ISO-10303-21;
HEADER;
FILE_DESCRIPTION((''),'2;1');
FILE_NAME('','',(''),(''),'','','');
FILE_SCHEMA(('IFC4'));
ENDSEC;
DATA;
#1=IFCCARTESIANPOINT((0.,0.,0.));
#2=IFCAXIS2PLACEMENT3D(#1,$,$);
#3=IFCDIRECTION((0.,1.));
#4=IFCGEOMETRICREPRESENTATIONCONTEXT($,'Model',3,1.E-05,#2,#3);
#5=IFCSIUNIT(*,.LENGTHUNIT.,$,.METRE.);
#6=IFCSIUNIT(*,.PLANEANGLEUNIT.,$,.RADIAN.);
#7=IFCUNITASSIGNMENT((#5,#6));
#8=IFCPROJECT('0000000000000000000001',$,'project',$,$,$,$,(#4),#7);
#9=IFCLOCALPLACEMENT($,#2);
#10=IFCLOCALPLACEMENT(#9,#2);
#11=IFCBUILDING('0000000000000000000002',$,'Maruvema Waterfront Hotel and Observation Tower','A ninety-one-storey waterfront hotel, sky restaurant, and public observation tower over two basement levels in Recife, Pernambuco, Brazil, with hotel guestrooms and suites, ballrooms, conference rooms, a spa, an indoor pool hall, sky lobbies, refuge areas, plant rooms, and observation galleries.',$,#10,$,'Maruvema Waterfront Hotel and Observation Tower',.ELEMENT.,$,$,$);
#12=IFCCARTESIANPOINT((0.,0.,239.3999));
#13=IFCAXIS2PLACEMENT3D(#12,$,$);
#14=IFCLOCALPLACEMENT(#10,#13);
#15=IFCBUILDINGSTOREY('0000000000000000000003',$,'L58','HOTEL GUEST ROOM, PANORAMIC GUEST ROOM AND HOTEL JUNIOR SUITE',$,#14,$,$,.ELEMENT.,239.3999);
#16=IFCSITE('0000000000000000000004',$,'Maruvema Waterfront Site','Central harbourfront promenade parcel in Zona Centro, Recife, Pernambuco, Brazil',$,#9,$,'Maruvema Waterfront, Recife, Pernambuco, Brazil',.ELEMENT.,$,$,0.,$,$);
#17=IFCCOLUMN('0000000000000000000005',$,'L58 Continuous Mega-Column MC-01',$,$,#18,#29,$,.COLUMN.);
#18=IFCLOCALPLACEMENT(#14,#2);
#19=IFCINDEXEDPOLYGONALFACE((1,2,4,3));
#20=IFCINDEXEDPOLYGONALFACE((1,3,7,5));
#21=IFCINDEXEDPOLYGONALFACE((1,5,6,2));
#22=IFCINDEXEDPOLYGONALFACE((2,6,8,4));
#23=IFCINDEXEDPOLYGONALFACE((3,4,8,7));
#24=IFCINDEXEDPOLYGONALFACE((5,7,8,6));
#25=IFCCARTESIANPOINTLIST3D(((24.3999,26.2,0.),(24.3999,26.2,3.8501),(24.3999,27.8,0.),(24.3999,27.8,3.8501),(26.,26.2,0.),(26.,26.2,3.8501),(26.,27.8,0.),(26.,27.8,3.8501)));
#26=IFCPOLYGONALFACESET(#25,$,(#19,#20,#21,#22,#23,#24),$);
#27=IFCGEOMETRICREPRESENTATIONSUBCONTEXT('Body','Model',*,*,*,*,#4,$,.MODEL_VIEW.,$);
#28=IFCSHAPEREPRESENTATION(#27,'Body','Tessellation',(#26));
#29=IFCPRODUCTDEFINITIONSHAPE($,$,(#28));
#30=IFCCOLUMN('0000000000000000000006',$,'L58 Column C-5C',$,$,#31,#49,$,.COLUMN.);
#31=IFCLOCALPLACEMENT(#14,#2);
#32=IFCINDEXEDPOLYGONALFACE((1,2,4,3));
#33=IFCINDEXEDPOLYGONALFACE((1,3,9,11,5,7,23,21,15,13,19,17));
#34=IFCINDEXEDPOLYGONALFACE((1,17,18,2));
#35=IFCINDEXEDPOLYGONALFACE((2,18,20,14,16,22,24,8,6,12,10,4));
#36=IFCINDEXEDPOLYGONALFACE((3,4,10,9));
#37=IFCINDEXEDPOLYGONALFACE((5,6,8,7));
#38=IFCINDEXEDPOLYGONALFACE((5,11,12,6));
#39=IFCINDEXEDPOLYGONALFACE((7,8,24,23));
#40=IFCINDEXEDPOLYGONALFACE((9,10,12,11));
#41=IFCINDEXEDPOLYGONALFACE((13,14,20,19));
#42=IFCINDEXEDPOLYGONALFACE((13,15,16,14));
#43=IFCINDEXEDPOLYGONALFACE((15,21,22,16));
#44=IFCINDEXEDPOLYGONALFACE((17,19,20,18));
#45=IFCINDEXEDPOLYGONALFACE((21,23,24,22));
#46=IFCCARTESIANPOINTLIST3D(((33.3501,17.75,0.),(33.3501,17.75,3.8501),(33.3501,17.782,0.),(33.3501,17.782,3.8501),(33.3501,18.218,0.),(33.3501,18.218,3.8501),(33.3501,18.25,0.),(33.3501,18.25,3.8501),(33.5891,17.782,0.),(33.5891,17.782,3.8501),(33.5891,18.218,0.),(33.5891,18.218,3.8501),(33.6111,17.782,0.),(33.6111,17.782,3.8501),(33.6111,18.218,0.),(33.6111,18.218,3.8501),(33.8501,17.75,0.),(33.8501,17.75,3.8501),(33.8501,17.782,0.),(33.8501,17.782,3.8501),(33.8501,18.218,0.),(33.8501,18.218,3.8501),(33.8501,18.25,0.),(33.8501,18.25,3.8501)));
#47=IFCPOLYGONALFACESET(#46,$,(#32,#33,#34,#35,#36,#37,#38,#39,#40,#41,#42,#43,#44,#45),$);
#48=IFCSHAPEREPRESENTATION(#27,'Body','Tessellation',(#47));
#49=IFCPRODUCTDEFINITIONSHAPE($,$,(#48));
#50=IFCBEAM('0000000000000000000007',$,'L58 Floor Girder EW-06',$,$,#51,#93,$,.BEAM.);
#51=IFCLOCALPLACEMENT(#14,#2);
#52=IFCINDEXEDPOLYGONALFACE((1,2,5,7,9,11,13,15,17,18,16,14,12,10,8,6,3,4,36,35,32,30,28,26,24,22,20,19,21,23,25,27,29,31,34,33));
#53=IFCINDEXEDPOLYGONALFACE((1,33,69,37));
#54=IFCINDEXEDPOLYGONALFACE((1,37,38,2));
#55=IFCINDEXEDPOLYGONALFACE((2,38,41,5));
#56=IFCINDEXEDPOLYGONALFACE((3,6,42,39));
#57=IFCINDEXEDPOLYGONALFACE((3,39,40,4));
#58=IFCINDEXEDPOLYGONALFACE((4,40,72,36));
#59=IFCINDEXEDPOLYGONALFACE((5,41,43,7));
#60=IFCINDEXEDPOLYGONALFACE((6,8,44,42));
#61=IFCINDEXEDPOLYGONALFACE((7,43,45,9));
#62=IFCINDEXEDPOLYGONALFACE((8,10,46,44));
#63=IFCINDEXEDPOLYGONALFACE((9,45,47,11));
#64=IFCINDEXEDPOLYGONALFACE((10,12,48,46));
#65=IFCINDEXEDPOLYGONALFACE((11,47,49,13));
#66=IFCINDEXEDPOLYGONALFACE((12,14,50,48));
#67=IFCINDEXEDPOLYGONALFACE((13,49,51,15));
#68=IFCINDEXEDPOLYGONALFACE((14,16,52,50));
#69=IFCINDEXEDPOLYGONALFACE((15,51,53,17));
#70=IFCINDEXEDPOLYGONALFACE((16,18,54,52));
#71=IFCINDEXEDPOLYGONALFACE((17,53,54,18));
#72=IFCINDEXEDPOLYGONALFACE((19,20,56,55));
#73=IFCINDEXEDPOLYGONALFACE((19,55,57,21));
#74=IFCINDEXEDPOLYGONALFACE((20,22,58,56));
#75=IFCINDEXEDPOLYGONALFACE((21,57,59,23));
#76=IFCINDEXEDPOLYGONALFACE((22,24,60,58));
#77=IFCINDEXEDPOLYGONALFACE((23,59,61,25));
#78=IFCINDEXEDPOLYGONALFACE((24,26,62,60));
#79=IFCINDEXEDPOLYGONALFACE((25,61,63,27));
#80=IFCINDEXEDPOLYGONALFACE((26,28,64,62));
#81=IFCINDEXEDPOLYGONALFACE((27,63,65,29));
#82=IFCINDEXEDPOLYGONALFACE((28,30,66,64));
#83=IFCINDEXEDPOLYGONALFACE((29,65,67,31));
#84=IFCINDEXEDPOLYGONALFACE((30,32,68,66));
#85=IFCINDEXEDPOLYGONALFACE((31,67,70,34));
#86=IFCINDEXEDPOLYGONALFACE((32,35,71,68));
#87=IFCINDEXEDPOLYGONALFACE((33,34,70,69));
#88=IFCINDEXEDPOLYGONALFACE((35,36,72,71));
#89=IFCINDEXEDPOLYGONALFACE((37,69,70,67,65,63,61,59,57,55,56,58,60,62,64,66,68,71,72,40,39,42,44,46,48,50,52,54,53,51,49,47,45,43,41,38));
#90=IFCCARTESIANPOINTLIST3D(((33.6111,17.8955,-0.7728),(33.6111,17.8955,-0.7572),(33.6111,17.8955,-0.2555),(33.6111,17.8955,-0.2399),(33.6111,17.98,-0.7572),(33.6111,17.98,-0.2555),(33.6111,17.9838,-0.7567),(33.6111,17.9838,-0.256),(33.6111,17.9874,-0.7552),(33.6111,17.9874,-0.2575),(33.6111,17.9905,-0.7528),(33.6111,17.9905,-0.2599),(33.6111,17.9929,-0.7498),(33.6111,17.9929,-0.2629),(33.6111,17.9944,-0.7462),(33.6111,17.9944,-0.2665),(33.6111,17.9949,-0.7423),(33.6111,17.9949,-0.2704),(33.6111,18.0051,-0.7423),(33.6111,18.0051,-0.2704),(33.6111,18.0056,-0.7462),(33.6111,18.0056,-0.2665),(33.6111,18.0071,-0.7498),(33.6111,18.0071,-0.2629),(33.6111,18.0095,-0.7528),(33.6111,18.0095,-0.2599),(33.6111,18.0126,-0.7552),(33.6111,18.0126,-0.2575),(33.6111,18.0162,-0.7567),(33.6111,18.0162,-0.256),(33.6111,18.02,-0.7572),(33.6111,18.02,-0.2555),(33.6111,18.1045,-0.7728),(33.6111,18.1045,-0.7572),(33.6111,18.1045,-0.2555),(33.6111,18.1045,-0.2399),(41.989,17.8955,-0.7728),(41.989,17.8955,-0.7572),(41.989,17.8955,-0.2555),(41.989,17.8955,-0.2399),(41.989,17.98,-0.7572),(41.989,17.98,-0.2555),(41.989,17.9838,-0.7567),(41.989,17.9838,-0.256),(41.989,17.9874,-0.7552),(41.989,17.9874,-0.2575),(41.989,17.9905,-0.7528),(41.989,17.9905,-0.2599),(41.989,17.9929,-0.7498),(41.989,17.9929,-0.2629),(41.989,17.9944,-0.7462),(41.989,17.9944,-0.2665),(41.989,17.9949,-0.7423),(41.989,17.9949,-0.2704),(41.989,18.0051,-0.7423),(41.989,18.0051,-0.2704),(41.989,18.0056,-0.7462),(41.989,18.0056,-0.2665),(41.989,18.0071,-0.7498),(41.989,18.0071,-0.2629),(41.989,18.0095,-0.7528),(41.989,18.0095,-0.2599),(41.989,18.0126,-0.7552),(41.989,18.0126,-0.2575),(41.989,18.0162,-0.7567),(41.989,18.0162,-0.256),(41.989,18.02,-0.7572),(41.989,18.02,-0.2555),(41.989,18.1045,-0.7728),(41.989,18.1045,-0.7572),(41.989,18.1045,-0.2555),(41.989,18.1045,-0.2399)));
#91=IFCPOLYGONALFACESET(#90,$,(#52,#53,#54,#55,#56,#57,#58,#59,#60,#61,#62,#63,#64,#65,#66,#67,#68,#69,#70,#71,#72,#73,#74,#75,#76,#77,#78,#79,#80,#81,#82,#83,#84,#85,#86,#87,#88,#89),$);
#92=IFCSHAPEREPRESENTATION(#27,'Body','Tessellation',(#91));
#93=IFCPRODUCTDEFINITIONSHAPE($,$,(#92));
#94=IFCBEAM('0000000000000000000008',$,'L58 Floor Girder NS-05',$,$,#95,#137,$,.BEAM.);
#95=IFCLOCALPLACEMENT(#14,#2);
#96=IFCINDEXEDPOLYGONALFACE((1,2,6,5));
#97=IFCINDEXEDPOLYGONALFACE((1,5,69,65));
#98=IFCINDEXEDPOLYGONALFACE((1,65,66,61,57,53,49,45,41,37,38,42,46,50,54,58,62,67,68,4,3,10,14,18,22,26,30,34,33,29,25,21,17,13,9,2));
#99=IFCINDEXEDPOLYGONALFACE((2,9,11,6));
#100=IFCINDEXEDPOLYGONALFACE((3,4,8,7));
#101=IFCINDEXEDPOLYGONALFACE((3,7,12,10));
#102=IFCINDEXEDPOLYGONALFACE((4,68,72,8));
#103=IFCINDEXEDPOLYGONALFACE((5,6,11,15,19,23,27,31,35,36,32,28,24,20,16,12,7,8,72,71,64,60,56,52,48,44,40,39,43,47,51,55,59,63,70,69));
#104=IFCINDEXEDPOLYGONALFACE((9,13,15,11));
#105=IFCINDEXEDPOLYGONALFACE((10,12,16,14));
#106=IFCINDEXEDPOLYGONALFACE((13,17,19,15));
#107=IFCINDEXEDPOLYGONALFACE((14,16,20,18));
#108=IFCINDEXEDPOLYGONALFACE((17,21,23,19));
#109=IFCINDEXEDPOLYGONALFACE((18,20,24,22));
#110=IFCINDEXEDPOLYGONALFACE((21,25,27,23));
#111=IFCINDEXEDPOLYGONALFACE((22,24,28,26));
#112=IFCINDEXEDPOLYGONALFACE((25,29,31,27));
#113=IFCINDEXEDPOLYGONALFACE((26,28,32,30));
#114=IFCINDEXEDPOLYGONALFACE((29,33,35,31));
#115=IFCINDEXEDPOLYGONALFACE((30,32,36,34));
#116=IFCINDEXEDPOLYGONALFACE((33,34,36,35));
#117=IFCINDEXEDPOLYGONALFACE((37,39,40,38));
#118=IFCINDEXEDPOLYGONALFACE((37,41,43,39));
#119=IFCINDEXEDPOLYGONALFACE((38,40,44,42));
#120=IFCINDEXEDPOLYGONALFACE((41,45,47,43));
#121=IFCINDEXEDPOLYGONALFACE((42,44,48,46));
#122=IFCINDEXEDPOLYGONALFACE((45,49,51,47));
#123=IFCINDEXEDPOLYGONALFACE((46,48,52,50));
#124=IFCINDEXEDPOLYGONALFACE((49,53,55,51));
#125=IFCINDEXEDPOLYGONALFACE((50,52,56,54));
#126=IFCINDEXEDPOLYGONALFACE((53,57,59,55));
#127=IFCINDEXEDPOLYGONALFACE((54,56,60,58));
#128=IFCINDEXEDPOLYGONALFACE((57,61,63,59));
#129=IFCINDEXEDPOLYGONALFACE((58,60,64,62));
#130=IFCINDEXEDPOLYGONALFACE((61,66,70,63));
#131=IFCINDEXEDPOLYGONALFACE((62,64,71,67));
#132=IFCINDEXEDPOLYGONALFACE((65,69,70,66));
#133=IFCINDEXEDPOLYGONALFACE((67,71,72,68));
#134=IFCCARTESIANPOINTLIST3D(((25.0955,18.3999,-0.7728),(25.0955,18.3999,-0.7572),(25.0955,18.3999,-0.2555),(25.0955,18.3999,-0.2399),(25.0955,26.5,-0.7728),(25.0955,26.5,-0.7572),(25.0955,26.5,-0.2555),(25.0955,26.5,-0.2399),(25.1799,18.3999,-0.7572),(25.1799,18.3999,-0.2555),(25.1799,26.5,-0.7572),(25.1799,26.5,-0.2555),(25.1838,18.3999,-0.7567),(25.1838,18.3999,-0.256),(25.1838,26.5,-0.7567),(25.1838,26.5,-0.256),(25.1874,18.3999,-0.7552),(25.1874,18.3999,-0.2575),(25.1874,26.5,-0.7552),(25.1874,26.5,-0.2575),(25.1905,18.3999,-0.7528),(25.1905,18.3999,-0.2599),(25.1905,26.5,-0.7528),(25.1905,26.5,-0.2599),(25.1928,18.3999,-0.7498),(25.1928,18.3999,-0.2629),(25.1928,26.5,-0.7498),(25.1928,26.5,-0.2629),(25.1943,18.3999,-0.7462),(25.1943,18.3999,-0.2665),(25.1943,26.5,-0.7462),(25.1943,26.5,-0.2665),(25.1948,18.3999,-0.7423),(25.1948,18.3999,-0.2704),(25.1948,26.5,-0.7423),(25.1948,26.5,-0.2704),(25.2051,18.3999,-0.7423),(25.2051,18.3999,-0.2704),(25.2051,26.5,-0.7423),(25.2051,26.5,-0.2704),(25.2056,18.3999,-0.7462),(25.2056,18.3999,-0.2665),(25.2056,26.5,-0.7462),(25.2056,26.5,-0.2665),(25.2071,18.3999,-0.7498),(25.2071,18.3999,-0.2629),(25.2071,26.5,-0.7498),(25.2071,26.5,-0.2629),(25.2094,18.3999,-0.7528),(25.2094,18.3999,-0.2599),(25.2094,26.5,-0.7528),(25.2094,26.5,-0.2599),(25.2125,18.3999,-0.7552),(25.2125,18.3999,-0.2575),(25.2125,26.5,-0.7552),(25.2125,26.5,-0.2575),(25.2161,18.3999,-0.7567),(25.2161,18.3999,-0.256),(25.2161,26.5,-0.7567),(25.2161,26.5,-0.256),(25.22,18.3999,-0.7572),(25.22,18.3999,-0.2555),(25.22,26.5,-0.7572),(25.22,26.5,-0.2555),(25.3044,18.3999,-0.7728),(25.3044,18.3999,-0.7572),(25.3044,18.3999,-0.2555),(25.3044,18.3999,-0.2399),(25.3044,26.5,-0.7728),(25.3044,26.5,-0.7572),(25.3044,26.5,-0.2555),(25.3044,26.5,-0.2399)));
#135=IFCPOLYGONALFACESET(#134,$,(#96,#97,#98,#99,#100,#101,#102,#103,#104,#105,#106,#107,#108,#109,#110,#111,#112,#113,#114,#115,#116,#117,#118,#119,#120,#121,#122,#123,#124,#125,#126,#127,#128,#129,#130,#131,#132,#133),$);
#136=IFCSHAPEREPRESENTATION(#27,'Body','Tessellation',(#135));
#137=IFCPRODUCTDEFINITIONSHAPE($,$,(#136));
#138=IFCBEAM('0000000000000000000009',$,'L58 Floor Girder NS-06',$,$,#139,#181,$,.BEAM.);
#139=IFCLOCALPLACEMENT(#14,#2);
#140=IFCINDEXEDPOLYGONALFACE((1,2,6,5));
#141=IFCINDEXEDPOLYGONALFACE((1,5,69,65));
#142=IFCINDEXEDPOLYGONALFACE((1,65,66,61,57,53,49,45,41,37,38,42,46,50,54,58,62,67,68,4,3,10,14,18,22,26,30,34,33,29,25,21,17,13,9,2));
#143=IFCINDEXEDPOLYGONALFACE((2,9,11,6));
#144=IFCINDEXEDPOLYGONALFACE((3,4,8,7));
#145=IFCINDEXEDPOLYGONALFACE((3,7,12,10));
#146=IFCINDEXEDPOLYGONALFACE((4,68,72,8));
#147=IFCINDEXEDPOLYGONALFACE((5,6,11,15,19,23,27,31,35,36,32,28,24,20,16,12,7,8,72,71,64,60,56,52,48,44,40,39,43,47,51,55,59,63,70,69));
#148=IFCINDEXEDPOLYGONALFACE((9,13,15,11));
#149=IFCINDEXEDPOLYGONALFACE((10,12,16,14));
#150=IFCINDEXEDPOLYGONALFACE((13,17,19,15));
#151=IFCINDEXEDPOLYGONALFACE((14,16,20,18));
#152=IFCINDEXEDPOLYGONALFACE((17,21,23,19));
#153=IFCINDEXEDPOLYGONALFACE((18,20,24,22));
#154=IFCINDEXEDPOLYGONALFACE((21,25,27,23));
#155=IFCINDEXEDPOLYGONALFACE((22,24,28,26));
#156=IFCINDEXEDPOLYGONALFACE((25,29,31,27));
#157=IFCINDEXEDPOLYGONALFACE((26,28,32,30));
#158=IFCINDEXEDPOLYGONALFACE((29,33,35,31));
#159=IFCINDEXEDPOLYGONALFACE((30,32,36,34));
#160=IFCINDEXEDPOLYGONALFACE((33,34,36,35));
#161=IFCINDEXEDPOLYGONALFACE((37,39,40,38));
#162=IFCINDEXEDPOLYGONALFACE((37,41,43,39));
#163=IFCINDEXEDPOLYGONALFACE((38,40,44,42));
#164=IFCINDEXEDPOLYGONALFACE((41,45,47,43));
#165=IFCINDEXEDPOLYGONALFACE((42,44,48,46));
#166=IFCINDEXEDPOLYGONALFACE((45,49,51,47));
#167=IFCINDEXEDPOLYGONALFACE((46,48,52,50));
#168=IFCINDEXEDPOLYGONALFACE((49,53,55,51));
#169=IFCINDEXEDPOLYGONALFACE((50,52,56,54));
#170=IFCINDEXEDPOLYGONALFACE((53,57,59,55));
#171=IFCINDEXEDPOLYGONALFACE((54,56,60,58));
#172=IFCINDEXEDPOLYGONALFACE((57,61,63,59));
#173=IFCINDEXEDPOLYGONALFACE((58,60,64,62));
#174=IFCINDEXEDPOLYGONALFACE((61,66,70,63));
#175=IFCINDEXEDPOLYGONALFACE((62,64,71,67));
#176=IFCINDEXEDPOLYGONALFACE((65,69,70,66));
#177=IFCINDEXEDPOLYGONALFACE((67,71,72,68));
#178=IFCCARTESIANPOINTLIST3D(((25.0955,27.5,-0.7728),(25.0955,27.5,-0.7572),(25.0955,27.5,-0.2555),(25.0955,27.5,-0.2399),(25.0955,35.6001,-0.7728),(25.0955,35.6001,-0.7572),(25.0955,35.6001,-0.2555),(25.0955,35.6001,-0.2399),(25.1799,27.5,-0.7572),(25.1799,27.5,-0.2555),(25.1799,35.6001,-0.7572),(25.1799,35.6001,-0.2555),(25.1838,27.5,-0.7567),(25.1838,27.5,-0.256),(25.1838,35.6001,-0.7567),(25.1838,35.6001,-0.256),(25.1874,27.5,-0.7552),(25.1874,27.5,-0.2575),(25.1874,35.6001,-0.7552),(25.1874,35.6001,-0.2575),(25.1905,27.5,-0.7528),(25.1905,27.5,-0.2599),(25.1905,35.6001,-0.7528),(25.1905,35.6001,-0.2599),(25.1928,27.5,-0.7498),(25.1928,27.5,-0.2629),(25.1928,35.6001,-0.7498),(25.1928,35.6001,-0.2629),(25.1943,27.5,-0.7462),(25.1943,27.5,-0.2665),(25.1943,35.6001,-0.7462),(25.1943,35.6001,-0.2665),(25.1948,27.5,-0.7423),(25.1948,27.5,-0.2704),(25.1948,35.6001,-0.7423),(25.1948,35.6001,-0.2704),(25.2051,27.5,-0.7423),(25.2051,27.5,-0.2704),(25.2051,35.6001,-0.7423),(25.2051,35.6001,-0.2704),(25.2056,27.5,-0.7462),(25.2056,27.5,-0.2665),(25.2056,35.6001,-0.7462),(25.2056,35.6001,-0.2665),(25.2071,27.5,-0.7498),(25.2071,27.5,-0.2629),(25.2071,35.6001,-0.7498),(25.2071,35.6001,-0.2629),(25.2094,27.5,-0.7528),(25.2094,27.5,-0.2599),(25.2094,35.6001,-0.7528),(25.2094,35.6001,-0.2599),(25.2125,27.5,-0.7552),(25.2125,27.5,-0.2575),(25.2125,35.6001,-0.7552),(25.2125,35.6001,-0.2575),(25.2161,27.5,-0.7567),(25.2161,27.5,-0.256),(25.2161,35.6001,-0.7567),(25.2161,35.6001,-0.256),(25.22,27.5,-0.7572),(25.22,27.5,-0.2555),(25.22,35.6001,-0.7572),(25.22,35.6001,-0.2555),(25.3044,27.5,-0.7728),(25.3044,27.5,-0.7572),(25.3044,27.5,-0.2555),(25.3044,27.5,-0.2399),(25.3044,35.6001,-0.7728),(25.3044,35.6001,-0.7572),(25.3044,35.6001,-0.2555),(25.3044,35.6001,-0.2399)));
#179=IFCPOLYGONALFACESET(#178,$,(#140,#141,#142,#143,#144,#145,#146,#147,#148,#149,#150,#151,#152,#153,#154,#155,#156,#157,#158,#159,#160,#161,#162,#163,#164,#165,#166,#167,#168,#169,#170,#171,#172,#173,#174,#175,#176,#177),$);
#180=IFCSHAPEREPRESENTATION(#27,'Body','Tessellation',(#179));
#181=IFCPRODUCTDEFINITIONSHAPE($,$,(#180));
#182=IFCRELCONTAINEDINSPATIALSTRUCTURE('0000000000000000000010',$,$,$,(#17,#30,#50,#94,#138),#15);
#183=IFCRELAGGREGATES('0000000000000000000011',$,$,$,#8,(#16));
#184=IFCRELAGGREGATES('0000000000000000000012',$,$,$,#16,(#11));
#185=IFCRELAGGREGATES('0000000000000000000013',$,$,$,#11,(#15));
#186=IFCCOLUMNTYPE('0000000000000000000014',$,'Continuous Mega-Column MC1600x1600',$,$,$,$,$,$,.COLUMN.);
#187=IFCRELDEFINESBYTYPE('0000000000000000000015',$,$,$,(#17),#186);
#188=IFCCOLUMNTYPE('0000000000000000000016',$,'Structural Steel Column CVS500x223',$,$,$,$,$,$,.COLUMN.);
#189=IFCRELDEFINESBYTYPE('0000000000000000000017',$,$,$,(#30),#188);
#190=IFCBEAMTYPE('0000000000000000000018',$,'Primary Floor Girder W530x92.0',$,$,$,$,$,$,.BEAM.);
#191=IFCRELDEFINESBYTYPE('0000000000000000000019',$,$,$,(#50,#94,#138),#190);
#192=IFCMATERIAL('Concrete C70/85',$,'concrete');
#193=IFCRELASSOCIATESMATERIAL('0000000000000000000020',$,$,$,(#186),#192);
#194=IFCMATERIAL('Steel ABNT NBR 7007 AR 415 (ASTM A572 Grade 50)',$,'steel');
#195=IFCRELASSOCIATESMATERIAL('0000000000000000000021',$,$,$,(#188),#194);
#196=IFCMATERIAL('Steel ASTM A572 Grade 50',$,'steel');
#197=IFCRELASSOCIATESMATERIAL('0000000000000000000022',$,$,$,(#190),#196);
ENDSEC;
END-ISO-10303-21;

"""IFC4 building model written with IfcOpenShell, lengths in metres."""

from ifc_helpers import new_model, si_unit, direction, frame, origin, origin_2d, place, context, subcontext, project, spatial, rectangle, i_section, extrude, material, material_profile, profile_set, type_object, element, save


model = new_model("IFC4")

# Units and contexts
model_context = context("Model", 3, precision=1e-05, world=origin(), true_north=direction((0.0, 1.0)))
body_context = subcontext(model_context, "Body", "Model", "MODEL_VIEW")
ifc_project = project(units=[si_unit("LENGTHUNIT", "METRE"), si_unit("PLANEANGLEUNIT", "RADIAN")], contexts=[model_context])

# Site, building, storey
site_placement = place(None, origin())
site = spatial("IfcSite", under=ifc_project, at=site_placement, Name="Maruvema Waterfront Site", Description="Central harbourfront promenade parcel in Zona Centro, Recife, Pernambuco, Brazil", LongName="Maruvema Waterfront, Recife, Pernambuco, Brazil", CompositionType="ELEMENT", RefElevation=0.0)
building_placement = place(site_placement, origin())
building = spatial("IfcBuilding", under=site, at=building_placement, Name="Maruvema Waterfront Hotel and Observation Tower", Description="A ninety-one-storey waterfront hotel, sky restaurant, and public observation tower over two basement levels in Recife, Pernambuco, Brazil, with hotel guestrooms and suites, ballrooms, conference rooms, a spa, an indoor pool hall, sky lobbies, refuge areas, plant rooms, and observation galleries.", LongName="Maruvema Waterfront Hotel and Observation Tower", CompositionType="ELEMENT")
storey_placement = place(building_placement, frame((0.0, 0.0, 239.3999)))
storey = spatial("IfcBuildingStorey", under=building, at=storey_placement, Name="L58", Description="HOTEL GUEST ROOM, PANORAMIC GUEST ROOM AND HOTEL JUNIOR SUITE", CompositionType="ELEMENT", Elevation=239.3999)

# Columns
ifc_material_1 = material(Name="Concrete C70/85", Category="concrete")
ifc_material_profile_1 = material_profile(ifc_material_1, rectangle(XDim=1.6001, YDim=1.6001, at=origin_2d()), Name="MC1600x1600")
ifc_profile_set_1 = profile_set([ifc_material_profile_1], Name="Concrete C70/85")
column_type_1 = type_object("IfcColumnType", Name="Continuous Mega-Column MC1600x1600", PredefinedType="COLUMN", material=ifc_profile_set_1)
column_1_placement = place(storey_placement, frame((25.2, 27.0, 0.0), z_axis=(0.0, 0.0, 1.0), x_axis=(1.0, 0.0, 0.0)))
element("IfcColumn", 1, at=column_1_placement, inside=storey, type_object=column_type_1, Name="L58 Continuous Mega-Column MC-01", PredefinedType="COLUMN", context=body_context, shape_type="SweptSolid", body=[
    extrude(rectangle(XDim=1.6001, YDim=1.6001, at=origin_2d()), origin(), (0.0, 0.0, 1.0), 3.8501),
])
ifc_material_2 = material(Name="Steel ABNT NBR 7007 AR 415 (ASTM A572 Grade 50)", Category="steel")
ifc_material_profile_2 = material_profile(ifc_material_2, i_section(OverallWidth=0.5, OverallDepth=0.5, WebThickness=0.022, FlangeThickness=0.032, at=origin_2d()), Name="CVS500x223")
ifc_profile_set_2 = profile_set([ifc_material_profile_2], Name="Steel ABNT NBR 7007 AR 415 (ASTM A572 Grade 50)")
column_type_2 = type_object("IfcColumnType", Name="Structural Steel Column CVS500x223", PredefinedType="COLUMN", material=ifc_profile_set_2)
column_2_placement = place(storey_placement, frame((33.6001, 18.0, 0.0), z_axis=(0.0, 0.0, 1.0), x_axis=(1.0, 0.0, 0.0)))
element("IfcColumn", 2, at=column_2_placement, inside=storey, type_object=column_type_2, Name="L58 Column C-5C", PredefinedType="COLUMN", context=body_context, shape_type="SweptSolid", body=[
    extrude(i_section(OverallWidth=0.5, OverallDepth=0.5, WebThickness=0.022, FlangeThickness=0.032, at=origin_2d()), origin(), (0.0, 0.0, 1.0), 3.8501),
])

# Beams
ifc_material_3 = material(Name="Steel ASTM A572 Grade 50", Category="steel")
ifc_material_profile_3 = material_profile(ifc_material_3, i_section(OverallWidth=0.209, OverallDepth=0.533, WebThickness=0.0103, FlangeThickness=0.0156, FilletRadius=0.0149, at=origin_2d()), Name="W530x92.0")
ifc_profile_set_3 = profile_set([ifc_material_profile_3], Name="Steel ASTM A572 Grade 50")
beam_type_1 = type_object("IfcBeamType", Name="Primary Floor Girder W530x92.0", PredefinedType="BEAM", material=ifc_profile_set_3)
beam_1_placement = place(storey_placement, frame((33.6111, 18.0, -0.5063), z_axis=(1.0, 0.0, 0.0), x_axis=(0.0, 1.0, 0.0)))
element("IfcBeam", 3, at=beam_1_placement, inside=storey, type_object=beam_type_1, Name="L58 Floor Girder EW-06", PredefinedType="BEAM", context=body_context, shape_type="SweptSolid", body=[
    extrude(i_section(OverallWidth=0.209, OverallDepth=0.533, WebThickness=0.0103, FlangeThickness=0.0156, FilletRadius=0.0149, at=origin_2d()), origin(), (0.0, 0.0, 1.0), 8.3779),
])
for number, where, z_axis, x_axis, name in (
    (4, (25.2, 18.3999, -0.5063), (0.0, 1.0, 0.0), (-1.0, 0.0, 0.0), "L58 Floor Girder NS-05"),
    (5, (25.2, 27.5, -0.5063), (0.0, 1.0, 0.0), (-1.0, 0.0, 0.0), "L58 Floor Girder NS-06"),
):
    element("IfcBeam", number, at=place(storey_placement, frame(where, z_axis=z_axis, x_axis=x_axis)), inside=storey, type_object=beam_type_1, Name=name, PredefinedType="BEAM", context=body_context, shape_type="SweptSolid", body=[
        extrude(i_section(OverallWidth=0.209, OverallDepth=0.533, WebThickness=0.0103, FlangeThickness=0.0156, FilletRadius=0.0149, at=origin_2d()), origin(), (0.0, 0.0, 1.0), 8.1001),
    ])

save(model, "model.ifc")
